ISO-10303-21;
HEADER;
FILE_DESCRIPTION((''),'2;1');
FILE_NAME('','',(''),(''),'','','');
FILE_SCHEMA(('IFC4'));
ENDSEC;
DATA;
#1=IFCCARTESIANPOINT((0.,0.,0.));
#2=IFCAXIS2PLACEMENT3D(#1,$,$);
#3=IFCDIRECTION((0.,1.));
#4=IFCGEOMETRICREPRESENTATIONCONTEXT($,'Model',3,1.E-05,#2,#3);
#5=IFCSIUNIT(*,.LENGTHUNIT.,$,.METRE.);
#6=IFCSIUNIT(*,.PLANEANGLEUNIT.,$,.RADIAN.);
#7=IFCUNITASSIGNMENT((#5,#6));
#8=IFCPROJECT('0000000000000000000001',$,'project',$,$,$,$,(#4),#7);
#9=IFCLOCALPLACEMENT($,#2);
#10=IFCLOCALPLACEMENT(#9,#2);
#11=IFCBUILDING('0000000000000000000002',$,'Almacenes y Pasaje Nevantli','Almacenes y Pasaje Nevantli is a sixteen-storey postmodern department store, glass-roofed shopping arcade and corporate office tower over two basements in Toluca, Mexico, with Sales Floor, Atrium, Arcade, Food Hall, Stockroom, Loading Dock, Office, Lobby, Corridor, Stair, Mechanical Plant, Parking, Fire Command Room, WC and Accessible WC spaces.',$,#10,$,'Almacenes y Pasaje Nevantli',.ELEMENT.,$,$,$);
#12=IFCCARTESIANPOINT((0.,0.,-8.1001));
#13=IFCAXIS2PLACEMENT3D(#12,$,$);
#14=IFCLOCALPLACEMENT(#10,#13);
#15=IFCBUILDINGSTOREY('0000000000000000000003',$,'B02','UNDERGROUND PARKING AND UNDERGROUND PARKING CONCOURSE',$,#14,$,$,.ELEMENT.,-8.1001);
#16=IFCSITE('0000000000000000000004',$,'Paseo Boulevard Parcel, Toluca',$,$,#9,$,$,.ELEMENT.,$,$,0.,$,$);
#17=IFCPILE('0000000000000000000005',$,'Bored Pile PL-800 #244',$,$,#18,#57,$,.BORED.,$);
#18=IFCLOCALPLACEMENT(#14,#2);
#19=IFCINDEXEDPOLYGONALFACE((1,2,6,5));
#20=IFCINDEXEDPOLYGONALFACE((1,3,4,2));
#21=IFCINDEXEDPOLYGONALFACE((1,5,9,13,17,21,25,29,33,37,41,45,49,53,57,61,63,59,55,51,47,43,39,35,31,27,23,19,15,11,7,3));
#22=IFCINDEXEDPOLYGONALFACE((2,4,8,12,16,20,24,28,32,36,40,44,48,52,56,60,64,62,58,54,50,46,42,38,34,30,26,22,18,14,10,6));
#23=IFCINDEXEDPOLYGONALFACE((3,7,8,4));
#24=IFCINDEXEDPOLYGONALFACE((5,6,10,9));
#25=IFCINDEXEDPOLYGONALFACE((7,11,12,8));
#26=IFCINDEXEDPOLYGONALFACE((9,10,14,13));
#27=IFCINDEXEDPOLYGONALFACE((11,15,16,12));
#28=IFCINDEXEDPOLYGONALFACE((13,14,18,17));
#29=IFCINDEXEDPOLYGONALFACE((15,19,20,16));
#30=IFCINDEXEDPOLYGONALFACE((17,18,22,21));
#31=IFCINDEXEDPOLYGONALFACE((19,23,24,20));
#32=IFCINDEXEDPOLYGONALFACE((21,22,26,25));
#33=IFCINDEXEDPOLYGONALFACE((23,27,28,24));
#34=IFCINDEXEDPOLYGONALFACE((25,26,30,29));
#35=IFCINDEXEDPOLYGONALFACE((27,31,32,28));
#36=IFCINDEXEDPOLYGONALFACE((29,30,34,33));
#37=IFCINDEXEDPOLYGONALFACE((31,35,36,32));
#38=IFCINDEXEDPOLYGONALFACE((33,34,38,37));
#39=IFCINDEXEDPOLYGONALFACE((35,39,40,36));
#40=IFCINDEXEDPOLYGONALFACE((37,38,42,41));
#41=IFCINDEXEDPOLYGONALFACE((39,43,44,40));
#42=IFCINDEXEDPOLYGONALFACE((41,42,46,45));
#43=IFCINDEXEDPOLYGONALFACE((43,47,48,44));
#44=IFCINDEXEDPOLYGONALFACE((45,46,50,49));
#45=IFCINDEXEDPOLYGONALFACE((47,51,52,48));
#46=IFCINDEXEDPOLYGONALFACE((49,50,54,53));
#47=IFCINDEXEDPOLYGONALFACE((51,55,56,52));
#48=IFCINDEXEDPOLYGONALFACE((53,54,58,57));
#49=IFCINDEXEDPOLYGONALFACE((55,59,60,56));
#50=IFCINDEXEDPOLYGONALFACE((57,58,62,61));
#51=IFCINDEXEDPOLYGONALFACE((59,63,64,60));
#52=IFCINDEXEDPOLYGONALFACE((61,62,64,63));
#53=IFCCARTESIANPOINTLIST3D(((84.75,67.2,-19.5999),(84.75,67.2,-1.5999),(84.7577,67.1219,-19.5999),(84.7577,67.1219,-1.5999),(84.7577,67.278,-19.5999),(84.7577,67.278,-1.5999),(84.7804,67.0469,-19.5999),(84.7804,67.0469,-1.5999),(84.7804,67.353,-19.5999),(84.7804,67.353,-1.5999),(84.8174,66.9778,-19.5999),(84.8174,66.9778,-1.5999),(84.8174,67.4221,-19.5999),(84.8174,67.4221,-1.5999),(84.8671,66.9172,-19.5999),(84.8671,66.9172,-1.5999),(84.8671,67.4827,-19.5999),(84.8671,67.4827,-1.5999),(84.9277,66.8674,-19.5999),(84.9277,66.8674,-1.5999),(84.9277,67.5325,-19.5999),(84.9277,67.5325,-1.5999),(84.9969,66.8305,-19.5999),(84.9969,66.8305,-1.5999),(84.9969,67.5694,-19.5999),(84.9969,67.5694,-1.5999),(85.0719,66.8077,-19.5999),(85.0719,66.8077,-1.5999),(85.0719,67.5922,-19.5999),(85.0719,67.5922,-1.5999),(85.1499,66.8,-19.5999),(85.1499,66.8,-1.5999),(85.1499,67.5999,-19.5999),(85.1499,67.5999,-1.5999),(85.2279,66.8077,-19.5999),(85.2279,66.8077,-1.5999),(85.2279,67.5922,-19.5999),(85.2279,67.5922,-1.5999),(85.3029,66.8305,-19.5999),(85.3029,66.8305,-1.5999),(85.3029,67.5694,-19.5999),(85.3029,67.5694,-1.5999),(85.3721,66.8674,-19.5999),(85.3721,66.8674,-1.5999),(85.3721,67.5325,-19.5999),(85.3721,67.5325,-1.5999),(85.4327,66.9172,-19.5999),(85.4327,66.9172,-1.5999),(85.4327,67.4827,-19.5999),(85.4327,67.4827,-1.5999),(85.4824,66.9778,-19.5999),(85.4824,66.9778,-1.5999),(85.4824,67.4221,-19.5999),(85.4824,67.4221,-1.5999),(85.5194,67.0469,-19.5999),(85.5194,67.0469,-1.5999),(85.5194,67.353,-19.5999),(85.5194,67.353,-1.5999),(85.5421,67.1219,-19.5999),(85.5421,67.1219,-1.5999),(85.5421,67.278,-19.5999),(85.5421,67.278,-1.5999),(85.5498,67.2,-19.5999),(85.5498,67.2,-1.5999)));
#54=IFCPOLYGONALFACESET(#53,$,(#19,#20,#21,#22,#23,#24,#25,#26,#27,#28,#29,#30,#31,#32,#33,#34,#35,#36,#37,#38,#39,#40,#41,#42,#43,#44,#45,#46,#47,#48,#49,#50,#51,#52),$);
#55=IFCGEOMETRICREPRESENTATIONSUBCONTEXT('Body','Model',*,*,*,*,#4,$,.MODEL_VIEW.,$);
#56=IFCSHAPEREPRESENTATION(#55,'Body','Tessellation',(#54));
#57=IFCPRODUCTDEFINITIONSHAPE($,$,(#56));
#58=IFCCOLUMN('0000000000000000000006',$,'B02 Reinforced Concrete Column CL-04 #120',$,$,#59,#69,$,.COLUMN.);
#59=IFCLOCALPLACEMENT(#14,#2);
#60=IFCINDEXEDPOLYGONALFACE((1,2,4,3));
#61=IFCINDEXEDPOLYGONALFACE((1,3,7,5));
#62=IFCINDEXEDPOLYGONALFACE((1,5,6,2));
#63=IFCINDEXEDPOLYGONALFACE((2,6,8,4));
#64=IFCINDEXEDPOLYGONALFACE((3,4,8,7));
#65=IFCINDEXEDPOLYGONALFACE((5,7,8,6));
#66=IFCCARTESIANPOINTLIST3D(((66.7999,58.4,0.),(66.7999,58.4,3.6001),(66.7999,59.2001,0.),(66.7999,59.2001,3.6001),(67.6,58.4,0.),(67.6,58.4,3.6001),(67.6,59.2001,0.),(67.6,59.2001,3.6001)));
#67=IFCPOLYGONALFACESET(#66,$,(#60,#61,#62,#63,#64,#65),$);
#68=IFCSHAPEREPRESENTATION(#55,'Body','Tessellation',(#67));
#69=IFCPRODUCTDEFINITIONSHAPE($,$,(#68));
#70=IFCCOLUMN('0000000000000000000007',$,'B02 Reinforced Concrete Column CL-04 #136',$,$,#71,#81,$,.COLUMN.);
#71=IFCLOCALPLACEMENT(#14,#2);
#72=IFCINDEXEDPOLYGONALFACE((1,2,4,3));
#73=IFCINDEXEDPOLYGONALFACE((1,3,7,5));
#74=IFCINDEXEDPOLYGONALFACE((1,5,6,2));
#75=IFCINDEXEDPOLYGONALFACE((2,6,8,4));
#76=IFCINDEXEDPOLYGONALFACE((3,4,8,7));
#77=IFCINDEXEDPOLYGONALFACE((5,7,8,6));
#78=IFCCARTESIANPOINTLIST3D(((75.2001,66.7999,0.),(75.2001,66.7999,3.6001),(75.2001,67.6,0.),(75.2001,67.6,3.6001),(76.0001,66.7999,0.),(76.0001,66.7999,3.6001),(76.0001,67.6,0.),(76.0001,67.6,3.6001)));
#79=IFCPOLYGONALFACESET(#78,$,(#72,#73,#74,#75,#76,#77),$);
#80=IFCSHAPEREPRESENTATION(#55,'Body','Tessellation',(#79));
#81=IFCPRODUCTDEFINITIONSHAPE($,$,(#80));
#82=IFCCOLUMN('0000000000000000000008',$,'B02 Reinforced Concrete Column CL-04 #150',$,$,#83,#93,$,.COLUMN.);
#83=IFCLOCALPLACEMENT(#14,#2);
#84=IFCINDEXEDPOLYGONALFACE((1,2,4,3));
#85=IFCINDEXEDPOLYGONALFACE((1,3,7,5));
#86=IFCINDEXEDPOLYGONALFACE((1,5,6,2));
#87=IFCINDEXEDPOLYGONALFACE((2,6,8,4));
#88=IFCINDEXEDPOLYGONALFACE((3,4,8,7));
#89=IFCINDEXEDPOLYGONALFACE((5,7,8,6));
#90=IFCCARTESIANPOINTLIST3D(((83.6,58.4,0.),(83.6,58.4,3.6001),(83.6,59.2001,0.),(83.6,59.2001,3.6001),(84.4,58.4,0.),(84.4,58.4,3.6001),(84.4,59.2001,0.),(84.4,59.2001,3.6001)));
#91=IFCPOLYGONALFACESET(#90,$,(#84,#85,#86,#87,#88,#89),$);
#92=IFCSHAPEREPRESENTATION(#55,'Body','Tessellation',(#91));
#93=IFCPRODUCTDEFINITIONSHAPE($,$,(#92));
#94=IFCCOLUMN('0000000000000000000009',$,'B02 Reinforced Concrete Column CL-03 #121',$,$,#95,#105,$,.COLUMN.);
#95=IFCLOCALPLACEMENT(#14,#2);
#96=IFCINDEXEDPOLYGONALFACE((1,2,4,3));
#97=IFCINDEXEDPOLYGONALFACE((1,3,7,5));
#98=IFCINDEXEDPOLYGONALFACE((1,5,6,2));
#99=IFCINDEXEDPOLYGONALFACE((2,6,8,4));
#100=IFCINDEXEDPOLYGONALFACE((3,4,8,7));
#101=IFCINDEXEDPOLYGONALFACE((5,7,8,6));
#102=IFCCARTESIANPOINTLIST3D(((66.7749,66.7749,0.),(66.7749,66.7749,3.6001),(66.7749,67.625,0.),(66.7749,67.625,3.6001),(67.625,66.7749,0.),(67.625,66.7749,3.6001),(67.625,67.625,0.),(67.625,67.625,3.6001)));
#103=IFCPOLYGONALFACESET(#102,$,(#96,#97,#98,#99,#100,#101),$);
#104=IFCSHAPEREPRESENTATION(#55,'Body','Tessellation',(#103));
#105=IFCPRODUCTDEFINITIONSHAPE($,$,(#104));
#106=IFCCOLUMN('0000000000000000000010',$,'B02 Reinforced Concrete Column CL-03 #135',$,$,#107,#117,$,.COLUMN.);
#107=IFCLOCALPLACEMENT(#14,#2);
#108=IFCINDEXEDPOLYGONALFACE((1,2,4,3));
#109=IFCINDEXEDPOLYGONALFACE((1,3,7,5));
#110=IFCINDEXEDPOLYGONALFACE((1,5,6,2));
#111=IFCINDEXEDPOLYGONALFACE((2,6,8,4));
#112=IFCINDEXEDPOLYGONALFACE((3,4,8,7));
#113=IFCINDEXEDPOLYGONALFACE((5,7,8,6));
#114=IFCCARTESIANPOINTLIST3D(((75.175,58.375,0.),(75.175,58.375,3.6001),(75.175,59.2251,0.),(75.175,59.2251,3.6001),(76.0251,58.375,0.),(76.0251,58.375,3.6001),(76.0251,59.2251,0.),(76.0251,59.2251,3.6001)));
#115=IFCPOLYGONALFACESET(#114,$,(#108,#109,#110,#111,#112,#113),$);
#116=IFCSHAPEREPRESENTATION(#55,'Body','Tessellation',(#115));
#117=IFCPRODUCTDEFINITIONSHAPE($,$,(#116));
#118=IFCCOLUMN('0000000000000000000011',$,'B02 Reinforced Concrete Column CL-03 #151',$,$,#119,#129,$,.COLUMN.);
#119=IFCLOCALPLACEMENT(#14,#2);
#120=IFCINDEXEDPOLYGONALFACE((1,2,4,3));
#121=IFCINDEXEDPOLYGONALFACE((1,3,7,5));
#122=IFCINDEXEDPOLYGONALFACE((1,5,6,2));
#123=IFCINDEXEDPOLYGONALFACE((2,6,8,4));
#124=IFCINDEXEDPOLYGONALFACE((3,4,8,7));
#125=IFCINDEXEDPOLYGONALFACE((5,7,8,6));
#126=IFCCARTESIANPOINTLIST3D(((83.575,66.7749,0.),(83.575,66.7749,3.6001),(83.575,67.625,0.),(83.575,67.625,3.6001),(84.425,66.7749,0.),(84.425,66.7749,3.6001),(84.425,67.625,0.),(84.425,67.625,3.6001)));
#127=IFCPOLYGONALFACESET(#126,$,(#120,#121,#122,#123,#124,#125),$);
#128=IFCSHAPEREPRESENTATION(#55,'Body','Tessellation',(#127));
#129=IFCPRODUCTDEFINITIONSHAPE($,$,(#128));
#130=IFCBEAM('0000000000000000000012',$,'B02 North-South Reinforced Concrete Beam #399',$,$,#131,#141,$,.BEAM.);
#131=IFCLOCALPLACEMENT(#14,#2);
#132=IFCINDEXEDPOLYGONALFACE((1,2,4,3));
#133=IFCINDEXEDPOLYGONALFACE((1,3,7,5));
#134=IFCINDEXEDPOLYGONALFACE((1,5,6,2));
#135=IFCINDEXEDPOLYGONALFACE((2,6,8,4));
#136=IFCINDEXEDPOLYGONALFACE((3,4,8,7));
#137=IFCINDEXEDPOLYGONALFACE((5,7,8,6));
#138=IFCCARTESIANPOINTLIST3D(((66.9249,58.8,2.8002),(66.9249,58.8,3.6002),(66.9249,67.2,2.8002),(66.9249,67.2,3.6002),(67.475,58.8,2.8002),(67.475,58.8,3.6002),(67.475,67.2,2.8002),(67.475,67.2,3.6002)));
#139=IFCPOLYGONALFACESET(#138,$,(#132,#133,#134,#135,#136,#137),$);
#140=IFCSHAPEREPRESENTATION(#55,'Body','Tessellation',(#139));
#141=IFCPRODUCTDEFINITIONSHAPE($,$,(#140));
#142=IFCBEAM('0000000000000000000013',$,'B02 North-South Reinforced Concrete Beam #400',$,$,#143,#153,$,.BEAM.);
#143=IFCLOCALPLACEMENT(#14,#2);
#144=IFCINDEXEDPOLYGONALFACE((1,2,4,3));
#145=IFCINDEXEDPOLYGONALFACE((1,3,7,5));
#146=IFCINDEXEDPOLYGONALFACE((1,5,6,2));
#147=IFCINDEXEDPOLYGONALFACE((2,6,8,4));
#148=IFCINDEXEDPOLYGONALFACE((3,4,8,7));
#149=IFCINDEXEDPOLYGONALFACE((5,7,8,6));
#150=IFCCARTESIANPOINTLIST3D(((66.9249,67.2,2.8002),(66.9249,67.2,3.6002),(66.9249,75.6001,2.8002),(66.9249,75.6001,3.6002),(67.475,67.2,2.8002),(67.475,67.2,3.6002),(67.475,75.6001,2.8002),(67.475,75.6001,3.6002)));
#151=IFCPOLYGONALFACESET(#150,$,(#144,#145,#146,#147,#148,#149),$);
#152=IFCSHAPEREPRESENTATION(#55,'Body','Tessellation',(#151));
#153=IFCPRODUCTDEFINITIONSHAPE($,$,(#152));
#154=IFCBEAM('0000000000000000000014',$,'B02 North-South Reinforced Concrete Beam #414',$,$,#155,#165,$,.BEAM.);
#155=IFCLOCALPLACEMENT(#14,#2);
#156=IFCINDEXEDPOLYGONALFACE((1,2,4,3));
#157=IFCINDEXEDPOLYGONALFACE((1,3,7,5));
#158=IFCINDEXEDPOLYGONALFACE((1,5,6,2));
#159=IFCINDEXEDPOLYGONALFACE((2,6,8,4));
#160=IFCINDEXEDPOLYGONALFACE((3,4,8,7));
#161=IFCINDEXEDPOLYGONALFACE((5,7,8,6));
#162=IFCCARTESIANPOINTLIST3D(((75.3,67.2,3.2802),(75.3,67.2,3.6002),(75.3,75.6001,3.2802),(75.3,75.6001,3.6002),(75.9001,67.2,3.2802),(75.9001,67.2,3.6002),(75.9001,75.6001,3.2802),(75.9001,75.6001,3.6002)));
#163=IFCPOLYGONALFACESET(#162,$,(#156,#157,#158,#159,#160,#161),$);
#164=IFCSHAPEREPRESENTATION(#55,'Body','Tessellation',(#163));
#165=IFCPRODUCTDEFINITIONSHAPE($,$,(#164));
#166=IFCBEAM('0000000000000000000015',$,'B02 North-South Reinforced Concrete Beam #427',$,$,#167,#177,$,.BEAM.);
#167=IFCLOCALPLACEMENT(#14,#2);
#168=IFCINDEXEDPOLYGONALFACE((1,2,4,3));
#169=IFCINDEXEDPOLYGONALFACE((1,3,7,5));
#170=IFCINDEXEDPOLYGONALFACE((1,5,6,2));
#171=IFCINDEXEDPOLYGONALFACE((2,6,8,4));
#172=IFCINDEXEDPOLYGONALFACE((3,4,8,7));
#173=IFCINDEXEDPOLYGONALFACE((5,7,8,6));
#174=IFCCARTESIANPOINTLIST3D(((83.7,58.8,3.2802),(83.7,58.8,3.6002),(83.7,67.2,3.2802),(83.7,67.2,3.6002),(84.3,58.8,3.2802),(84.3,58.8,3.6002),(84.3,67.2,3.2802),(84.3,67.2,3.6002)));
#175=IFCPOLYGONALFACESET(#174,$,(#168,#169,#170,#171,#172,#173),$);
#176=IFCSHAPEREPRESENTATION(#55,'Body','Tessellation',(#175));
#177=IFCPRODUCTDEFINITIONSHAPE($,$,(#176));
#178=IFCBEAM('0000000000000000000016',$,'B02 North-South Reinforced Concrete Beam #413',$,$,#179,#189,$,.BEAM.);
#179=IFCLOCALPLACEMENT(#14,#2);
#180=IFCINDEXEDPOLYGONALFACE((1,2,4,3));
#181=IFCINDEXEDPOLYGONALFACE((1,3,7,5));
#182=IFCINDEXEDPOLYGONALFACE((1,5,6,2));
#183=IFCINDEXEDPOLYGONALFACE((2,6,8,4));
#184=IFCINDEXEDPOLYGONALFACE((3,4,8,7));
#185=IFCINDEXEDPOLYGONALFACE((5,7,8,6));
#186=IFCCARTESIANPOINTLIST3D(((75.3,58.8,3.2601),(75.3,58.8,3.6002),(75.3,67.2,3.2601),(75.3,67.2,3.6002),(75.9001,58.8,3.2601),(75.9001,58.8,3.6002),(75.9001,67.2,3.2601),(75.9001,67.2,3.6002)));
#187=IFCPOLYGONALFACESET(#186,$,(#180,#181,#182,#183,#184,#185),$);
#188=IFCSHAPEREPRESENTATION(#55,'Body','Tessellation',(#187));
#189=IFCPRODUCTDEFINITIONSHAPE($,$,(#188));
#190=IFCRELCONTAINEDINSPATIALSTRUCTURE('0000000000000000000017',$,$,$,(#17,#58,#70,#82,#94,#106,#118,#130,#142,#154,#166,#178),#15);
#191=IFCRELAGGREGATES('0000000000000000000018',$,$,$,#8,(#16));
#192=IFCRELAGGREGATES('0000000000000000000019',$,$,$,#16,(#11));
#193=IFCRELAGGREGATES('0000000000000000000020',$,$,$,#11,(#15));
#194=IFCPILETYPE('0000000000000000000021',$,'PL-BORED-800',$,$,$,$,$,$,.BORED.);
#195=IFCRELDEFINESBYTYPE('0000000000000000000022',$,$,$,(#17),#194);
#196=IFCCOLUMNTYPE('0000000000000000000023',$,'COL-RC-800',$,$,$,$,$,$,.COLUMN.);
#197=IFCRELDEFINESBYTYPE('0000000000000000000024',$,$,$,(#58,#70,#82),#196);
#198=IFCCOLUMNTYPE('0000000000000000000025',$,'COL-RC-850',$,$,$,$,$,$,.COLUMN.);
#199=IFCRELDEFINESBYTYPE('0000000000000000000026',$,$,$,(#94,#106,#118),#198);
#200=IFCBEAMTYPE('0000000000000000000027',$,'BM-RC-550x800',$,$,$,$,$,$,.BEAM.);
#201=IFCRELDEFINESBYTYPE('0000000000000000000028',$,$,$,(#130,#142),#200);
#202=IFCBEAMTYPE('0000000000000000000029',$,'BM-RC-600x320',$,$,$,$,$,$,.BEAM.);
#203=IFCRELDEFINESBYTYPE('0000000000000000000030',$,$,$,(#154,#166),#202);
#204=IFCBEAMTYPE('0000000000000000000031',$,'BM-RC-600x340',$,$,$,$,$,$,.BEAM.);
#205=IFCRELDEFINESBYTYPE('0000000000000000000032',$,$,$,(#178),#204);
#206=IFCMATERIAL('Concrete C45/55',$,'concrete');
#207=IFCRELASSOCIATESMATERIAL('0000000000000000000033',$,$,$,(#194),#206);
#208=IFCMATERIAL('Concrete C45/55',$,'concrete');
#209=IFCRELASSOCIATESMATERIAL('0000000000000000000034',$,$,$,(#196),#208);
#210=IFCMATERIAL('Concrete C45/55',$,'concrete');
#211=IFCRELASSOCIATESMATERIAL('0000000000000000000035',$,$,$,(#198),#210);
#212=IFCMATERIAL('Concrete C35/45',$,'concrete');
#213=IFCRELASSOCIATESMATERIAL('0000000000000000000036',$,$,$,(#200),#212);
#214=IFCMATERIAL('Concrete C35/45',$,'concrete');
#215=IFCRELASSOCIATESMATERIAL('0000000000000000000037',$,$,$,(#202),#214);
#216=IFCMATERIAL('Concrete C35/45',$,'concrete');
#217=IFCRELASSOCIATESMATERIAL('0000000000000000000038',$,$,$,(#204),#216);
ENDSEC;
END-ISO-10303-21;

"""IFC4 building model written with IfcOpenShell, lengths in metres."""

from ifc_helpers import new_model, si_unit, direction, frame, origin, origin_2d, place, context, subcontext, project, spatial, rectangle, circle, extrude, material, material_profile, profile_set, type_object, element, save


model = new_model("IFC4")

# Units and contexts
model_context = context("Model", 3, precision=1e-05, world=origin(), true_north=direction((0.0, 1.0)))
body_context = subcontext(model_context, "Body", "Model", "MODEL_VIEW")
ifc_project = project(units=[si_unit("LENGTHUNIT", "METRE"), si_unit("PLANEANGLEUNIT", "RADIAN")], contexts=[model_context])

# Site, building, storey
site_placement = place(None, origin())
site = spatial("IfcSite", under=ifc_project, at=site_placement, Name="Paseo Boulevard Parcel, Toluca", CompositionType="ELEMENT", RefElevation=0.0)
building_placement = place(site_placement, origin())
building = spatial("IfcBuilding", under=site, at=building_placement, Name="Almacenes y Pasaje Nevantli", Description="Almacenes y Pasaje Nevantli is a sixteen-storey postmodern department store, glass-roofed shopping arcade and corporate office tower over two basements in Toluca, Mexico, with Sales Floor, Atrium, Arcade, Food Hall, Stockroom, Loading Dock, Office, Lobby, Corridor, Stair, Mechanical Plant, Parking, Fire Command Room, WC and Accessible WC spaces.", LongName="Almacenes y Pasaje Nevantli", CompositionType="ELEMENT")
storey_placement = place(building_placement, frame((0.0, 0.0, -8.1001)))
storey = spatial("IfcBuildingStorey", under=building, at=storey_placement, Name="B02", Description="UNDERGROUND PARKING AND UNDERGROUND PARKING CONCOURSE", CompositionType="ELEMENT", Elevation=-8.1001)

# Pile
ifc_material_1 = material(Name="Concrete C45/55", Category="concrete")
ifc_material_profile_1 = material_profile(ifc_material_1, circle(Radius=0.3999, at=origin_2d()), Name="RC-PILE-D800")
ifc_profile_set_1 = profile_set([ifc_material_profile_1], Name="Concrete C45/55")
pile_type_1 = type_object("IfcPileType", Name="PL-BORED-800", PredefinedType="BORED", material=ifc_profile_set_1)
for number, where, z_axis, x_axis, name in (
    (1, (85.1499, 67.2, -1.5999), (0.0, 0.0, -1.0), (1.0, 0.0, 0.0), "Bored Pile PL-800 #244"),
):
    element("IfcPile", number, at=place(storey_placement, frame(where, z_axis=z_axis, x_axis=x_axis)), inside=storey, type_object=pile_type_1, Name=name, PredefinedType="BORED", context=body_context, shape_type="SweptSolid", body=[
        extrude(circle(Radius=0.3999, at=origin_2d()), origin(), (0.0, 0.0, 1.0), 18.0),
    ])

# Columns
ifc_material_2 = material(Name="Concrete C45/55", Category="concrete")
ifc_material_profile_2 = material_profile(ifc_material_2, rectangle(XDim=0.8, YDim=0.8, at=origin_2d()), Name="RC-COL-800x800")
ifc_profile_set_2 = profile_set([ifc_material_profile_2], Name="Concrete C45/55")
column_type_1 = type_object("IfcColumnType", Name="COL-RC-800", PredefinedType="COLUMN", material=ifc_profile_set_2)
for number, where, z_axis, x_axis, name in (
    (2, (67.2, 58.8, 0.0), (0.0, 0.0, 1.0), (1.0, 0.0, 0.0), "B02 Reinforced Concrete Column CL-04 #120"),
    (3, (75.6001, 67.2, 0.0), (0.0, 0.0, 1.0), (1.0, 0.0, 0.0), "B02 Reinforced Concrete Column CL-04 #136"),
    (4, (84.0, 58.8, 0.0), (0.0, 0.0, 1.0), (1.0, 0.0, 0.0), "B02 Reinforced Concrete Column CL-04 #150"),
):
    element("IfcColumn", number, at=place(storey_placement, frame(where, z_axis=z_axis, x_axis=x_axis)), inside=storey, type_object=column_type_1, Name=name, PredefinedType="COLUMN", context=body_context, shape_type="SweptSolid", body=[
        extrude(rectangle(XDim=0.8, YDim=0.8, at=origin_2d()), origin(), (0.0, 0.0, 1.0), 3.6001),
    ])
ifc_material_3 = material(Name="Concrete C45/55", Category="concrete")
ifc_material_profile_3 = material_profile(ifc_material_3, rectangle(XDim=0.8501, YDim=0.8501, at=origin_2d()), Name="RC-COL-850x850")
ifc_profile_set_3 = profile_set([ifc_material_profile_3], Name="Concrete C45/55")
column_type_2 = type_object("IfcColumnType", Name="COL-RC-850", PredefinedType="COLUMN", material=ifc_profile_set_3)
for number, where, z_axis, x_axis, name in (
    (5, (67.2, 67.2, 0.0), (0.0, 0.0, 1.0), (1.0, 0.0, 0.0), "B02 Reinforced Concrete Column CL-03 #121"),
    (6, (75.6001, 58.8, 0.0), (0.0, 0.0, 1.0), (1.0, 0.0, 0.0), "B02 Reinforced Concrete Column CL-03 #135"),
    (7, (84.0, 67.2, 0.0), (0.0, 0.0, 1.0), (1.0, 0.0, 0.0), "B02 Reinforced Concrete Column CL-03 #151"),
):
    element("IfcColumn", number, at=place(storey_placement, frame(where, z_axis=z_axis, x_axis=x_axis)), inside=storey, type_object=column_type_2, Name=name, PredefinedType="COLUMN", context=body_context, shape_type="SweptSolid", body=[
        extrude(rectangle(XDim=0.8501, YDim=0.8501, at=origin_2d()), origin(), (0.0, 0.0, 1.0), 3.6001),
    ])

# Beams
ifc_material_4 = material(Name="Concrete C35/45", Category="concrete")
ifc_material_profile_4 = material_profile(ifc_material_4, rectangle(XDim=0.55, YDim=0.8, at=origin_2d()), Name="RC-BM-550x800")
ifc_profile_set_4 = profile_set([ifc_material_profile_4], Name="Concrete C35/45")
beam_type_1 = type_object("IfcBeamType", Name="BM-RC-550x800", PredefinedType="BEAM", material=ifc_profile_set_4)
beam_1_placement = place(storey_placement, frame((67.2, 58.8, 3.2002), z_axis=(0.0, 1.0, 0.0), x_axis=(-1.0, 0.0, 0.0)))
element("IfcBeam", 8, at=beam_1_placement, inside=storey, type_object=beam_type_1, Name="B02 North-South Reinforced Concrete Beam #399", PredefinedType="BEAM", context=body_context, shape_type="SweptSolid", body=[
    extrude(rectangle(XDim=0.55, YDim=0.8, at=origin_2d()), origin(), (0.0, 0.0, 1.0), 8.3999),
])
beam_2_placement = place(storey_placement, frame((67.2, 67.2, 3.2002), z_axis=(0.0, 1.0, 0.0), x_axis=(-1.0, 0.0, 0.0)))
element("IfcBeam", 9, at=beam_2_placement, inside=storey, type_object=beam_type_1, Name="B02 North-South Reinforced Concrete Beam #400", PredefinedType="BEAM", context=body_context, shape_type="SweptSolid", body=[
    extrude(rectangle(XDim=0.55, YDim=0.8, at=origin_2d()), origin(), (0.0, 0.0, 1.0), 8.4001),
])
ifc_material_5 = material(Name="Concrete C35/45", Category="concrete")
ifc_material_profile_5 = material_profile(ifc_material_5, rectangle(XDim=0.6001, YDim=0.3201, at=origin_2d()), Name="RC-BM-600x320")
ifc_profile_set_5 = profile_set([ifc_material_profile_5], Name="Concrete C35/45")
beam_type_2 = type_object("IfcBeamType", Name="BM-RC-600x320", PredefinedType="BEAM", material=ifc_profile_set_5)
beam_3_placement = place(storey_placement, frame((75.6001, 67.2, 3.4402), z_axis=(0.0, 1.0, 0.0), x_axis=(-1.0, 0.0, 0.0)))
element("IfcBeam", 10, at=beam_3_placement, inside=storey, type_object=beam_type_2, Name="B02 North-South Reinforced Concrete Beam #414", PredefinedType="BEAM", context=body_context, shape_type="SweptSolid", body=[
    extrude(rectangle(XDim=0.6001, YDim=0.3201, at=origin_2d()), origin(), (0.0, 0.0, 1.0), 8.4001),
])
beam_4_placement = place(storey_placement, frame((84.0, 58.8, 3.4402), z_axis=(0.0, 1.0, 0.0), x_axis=(-1.0, 0.0, 0.0)))
element("IfcBeam", 11, at=beam_4_placement, inside=storey, type_object=beam_type_2, Name="B02 North-South Reinforced Concrete Beam #427", PredefinedType="BEAM", context=body_context, shape_type="SweptSolid", body=[
    extrude(rectangle(XDim=0.6001, YDim=0.3201, at=origin_2d()), origin(), (0.0, 0.0, 1.0), 8.3999),
])
ifc_material_6 = material(Name="Concrete C35/45", Category="concrete")
ifc_material_profile_6 = material_profile(ifc_material_6, rectangle(XDim=0.6001, YDim=0.3401, at=origin_2d()), Name="RC-BM-600x340")
ifc_profile_set_6 = profile_set([ifc_material_profile_6], Name="Concrete C35/45")
beam_type_3 = type_object("IfcBeamType", Name="BM-RC-600x340", PredefinedType="BEAM", material=ifc_profile_set_6)
beam_5_placement = place(storey_placement, frame((75.6001, 58.8, 3.4302), z_axis=(0.0, 1.0, 0.0), x_axis=(-1.0, 0.0, 0.0)))
element("IfcBeam", 12, at=beam_5_placement, inside=storey, type_object=beam_type_3, Name="B02 North-South Reinforced Concrete Beam #413", PredefinedType="BEAM", context=body_context, shape_type="SweptSolid", body=[
    extrude(rectangle(XDim=0.6001, YDim=0.3401, at=origin_2d()), origin(), (0.0, 0.0, 1.0), 8.3999),
])

save(model, "model.ifc")
